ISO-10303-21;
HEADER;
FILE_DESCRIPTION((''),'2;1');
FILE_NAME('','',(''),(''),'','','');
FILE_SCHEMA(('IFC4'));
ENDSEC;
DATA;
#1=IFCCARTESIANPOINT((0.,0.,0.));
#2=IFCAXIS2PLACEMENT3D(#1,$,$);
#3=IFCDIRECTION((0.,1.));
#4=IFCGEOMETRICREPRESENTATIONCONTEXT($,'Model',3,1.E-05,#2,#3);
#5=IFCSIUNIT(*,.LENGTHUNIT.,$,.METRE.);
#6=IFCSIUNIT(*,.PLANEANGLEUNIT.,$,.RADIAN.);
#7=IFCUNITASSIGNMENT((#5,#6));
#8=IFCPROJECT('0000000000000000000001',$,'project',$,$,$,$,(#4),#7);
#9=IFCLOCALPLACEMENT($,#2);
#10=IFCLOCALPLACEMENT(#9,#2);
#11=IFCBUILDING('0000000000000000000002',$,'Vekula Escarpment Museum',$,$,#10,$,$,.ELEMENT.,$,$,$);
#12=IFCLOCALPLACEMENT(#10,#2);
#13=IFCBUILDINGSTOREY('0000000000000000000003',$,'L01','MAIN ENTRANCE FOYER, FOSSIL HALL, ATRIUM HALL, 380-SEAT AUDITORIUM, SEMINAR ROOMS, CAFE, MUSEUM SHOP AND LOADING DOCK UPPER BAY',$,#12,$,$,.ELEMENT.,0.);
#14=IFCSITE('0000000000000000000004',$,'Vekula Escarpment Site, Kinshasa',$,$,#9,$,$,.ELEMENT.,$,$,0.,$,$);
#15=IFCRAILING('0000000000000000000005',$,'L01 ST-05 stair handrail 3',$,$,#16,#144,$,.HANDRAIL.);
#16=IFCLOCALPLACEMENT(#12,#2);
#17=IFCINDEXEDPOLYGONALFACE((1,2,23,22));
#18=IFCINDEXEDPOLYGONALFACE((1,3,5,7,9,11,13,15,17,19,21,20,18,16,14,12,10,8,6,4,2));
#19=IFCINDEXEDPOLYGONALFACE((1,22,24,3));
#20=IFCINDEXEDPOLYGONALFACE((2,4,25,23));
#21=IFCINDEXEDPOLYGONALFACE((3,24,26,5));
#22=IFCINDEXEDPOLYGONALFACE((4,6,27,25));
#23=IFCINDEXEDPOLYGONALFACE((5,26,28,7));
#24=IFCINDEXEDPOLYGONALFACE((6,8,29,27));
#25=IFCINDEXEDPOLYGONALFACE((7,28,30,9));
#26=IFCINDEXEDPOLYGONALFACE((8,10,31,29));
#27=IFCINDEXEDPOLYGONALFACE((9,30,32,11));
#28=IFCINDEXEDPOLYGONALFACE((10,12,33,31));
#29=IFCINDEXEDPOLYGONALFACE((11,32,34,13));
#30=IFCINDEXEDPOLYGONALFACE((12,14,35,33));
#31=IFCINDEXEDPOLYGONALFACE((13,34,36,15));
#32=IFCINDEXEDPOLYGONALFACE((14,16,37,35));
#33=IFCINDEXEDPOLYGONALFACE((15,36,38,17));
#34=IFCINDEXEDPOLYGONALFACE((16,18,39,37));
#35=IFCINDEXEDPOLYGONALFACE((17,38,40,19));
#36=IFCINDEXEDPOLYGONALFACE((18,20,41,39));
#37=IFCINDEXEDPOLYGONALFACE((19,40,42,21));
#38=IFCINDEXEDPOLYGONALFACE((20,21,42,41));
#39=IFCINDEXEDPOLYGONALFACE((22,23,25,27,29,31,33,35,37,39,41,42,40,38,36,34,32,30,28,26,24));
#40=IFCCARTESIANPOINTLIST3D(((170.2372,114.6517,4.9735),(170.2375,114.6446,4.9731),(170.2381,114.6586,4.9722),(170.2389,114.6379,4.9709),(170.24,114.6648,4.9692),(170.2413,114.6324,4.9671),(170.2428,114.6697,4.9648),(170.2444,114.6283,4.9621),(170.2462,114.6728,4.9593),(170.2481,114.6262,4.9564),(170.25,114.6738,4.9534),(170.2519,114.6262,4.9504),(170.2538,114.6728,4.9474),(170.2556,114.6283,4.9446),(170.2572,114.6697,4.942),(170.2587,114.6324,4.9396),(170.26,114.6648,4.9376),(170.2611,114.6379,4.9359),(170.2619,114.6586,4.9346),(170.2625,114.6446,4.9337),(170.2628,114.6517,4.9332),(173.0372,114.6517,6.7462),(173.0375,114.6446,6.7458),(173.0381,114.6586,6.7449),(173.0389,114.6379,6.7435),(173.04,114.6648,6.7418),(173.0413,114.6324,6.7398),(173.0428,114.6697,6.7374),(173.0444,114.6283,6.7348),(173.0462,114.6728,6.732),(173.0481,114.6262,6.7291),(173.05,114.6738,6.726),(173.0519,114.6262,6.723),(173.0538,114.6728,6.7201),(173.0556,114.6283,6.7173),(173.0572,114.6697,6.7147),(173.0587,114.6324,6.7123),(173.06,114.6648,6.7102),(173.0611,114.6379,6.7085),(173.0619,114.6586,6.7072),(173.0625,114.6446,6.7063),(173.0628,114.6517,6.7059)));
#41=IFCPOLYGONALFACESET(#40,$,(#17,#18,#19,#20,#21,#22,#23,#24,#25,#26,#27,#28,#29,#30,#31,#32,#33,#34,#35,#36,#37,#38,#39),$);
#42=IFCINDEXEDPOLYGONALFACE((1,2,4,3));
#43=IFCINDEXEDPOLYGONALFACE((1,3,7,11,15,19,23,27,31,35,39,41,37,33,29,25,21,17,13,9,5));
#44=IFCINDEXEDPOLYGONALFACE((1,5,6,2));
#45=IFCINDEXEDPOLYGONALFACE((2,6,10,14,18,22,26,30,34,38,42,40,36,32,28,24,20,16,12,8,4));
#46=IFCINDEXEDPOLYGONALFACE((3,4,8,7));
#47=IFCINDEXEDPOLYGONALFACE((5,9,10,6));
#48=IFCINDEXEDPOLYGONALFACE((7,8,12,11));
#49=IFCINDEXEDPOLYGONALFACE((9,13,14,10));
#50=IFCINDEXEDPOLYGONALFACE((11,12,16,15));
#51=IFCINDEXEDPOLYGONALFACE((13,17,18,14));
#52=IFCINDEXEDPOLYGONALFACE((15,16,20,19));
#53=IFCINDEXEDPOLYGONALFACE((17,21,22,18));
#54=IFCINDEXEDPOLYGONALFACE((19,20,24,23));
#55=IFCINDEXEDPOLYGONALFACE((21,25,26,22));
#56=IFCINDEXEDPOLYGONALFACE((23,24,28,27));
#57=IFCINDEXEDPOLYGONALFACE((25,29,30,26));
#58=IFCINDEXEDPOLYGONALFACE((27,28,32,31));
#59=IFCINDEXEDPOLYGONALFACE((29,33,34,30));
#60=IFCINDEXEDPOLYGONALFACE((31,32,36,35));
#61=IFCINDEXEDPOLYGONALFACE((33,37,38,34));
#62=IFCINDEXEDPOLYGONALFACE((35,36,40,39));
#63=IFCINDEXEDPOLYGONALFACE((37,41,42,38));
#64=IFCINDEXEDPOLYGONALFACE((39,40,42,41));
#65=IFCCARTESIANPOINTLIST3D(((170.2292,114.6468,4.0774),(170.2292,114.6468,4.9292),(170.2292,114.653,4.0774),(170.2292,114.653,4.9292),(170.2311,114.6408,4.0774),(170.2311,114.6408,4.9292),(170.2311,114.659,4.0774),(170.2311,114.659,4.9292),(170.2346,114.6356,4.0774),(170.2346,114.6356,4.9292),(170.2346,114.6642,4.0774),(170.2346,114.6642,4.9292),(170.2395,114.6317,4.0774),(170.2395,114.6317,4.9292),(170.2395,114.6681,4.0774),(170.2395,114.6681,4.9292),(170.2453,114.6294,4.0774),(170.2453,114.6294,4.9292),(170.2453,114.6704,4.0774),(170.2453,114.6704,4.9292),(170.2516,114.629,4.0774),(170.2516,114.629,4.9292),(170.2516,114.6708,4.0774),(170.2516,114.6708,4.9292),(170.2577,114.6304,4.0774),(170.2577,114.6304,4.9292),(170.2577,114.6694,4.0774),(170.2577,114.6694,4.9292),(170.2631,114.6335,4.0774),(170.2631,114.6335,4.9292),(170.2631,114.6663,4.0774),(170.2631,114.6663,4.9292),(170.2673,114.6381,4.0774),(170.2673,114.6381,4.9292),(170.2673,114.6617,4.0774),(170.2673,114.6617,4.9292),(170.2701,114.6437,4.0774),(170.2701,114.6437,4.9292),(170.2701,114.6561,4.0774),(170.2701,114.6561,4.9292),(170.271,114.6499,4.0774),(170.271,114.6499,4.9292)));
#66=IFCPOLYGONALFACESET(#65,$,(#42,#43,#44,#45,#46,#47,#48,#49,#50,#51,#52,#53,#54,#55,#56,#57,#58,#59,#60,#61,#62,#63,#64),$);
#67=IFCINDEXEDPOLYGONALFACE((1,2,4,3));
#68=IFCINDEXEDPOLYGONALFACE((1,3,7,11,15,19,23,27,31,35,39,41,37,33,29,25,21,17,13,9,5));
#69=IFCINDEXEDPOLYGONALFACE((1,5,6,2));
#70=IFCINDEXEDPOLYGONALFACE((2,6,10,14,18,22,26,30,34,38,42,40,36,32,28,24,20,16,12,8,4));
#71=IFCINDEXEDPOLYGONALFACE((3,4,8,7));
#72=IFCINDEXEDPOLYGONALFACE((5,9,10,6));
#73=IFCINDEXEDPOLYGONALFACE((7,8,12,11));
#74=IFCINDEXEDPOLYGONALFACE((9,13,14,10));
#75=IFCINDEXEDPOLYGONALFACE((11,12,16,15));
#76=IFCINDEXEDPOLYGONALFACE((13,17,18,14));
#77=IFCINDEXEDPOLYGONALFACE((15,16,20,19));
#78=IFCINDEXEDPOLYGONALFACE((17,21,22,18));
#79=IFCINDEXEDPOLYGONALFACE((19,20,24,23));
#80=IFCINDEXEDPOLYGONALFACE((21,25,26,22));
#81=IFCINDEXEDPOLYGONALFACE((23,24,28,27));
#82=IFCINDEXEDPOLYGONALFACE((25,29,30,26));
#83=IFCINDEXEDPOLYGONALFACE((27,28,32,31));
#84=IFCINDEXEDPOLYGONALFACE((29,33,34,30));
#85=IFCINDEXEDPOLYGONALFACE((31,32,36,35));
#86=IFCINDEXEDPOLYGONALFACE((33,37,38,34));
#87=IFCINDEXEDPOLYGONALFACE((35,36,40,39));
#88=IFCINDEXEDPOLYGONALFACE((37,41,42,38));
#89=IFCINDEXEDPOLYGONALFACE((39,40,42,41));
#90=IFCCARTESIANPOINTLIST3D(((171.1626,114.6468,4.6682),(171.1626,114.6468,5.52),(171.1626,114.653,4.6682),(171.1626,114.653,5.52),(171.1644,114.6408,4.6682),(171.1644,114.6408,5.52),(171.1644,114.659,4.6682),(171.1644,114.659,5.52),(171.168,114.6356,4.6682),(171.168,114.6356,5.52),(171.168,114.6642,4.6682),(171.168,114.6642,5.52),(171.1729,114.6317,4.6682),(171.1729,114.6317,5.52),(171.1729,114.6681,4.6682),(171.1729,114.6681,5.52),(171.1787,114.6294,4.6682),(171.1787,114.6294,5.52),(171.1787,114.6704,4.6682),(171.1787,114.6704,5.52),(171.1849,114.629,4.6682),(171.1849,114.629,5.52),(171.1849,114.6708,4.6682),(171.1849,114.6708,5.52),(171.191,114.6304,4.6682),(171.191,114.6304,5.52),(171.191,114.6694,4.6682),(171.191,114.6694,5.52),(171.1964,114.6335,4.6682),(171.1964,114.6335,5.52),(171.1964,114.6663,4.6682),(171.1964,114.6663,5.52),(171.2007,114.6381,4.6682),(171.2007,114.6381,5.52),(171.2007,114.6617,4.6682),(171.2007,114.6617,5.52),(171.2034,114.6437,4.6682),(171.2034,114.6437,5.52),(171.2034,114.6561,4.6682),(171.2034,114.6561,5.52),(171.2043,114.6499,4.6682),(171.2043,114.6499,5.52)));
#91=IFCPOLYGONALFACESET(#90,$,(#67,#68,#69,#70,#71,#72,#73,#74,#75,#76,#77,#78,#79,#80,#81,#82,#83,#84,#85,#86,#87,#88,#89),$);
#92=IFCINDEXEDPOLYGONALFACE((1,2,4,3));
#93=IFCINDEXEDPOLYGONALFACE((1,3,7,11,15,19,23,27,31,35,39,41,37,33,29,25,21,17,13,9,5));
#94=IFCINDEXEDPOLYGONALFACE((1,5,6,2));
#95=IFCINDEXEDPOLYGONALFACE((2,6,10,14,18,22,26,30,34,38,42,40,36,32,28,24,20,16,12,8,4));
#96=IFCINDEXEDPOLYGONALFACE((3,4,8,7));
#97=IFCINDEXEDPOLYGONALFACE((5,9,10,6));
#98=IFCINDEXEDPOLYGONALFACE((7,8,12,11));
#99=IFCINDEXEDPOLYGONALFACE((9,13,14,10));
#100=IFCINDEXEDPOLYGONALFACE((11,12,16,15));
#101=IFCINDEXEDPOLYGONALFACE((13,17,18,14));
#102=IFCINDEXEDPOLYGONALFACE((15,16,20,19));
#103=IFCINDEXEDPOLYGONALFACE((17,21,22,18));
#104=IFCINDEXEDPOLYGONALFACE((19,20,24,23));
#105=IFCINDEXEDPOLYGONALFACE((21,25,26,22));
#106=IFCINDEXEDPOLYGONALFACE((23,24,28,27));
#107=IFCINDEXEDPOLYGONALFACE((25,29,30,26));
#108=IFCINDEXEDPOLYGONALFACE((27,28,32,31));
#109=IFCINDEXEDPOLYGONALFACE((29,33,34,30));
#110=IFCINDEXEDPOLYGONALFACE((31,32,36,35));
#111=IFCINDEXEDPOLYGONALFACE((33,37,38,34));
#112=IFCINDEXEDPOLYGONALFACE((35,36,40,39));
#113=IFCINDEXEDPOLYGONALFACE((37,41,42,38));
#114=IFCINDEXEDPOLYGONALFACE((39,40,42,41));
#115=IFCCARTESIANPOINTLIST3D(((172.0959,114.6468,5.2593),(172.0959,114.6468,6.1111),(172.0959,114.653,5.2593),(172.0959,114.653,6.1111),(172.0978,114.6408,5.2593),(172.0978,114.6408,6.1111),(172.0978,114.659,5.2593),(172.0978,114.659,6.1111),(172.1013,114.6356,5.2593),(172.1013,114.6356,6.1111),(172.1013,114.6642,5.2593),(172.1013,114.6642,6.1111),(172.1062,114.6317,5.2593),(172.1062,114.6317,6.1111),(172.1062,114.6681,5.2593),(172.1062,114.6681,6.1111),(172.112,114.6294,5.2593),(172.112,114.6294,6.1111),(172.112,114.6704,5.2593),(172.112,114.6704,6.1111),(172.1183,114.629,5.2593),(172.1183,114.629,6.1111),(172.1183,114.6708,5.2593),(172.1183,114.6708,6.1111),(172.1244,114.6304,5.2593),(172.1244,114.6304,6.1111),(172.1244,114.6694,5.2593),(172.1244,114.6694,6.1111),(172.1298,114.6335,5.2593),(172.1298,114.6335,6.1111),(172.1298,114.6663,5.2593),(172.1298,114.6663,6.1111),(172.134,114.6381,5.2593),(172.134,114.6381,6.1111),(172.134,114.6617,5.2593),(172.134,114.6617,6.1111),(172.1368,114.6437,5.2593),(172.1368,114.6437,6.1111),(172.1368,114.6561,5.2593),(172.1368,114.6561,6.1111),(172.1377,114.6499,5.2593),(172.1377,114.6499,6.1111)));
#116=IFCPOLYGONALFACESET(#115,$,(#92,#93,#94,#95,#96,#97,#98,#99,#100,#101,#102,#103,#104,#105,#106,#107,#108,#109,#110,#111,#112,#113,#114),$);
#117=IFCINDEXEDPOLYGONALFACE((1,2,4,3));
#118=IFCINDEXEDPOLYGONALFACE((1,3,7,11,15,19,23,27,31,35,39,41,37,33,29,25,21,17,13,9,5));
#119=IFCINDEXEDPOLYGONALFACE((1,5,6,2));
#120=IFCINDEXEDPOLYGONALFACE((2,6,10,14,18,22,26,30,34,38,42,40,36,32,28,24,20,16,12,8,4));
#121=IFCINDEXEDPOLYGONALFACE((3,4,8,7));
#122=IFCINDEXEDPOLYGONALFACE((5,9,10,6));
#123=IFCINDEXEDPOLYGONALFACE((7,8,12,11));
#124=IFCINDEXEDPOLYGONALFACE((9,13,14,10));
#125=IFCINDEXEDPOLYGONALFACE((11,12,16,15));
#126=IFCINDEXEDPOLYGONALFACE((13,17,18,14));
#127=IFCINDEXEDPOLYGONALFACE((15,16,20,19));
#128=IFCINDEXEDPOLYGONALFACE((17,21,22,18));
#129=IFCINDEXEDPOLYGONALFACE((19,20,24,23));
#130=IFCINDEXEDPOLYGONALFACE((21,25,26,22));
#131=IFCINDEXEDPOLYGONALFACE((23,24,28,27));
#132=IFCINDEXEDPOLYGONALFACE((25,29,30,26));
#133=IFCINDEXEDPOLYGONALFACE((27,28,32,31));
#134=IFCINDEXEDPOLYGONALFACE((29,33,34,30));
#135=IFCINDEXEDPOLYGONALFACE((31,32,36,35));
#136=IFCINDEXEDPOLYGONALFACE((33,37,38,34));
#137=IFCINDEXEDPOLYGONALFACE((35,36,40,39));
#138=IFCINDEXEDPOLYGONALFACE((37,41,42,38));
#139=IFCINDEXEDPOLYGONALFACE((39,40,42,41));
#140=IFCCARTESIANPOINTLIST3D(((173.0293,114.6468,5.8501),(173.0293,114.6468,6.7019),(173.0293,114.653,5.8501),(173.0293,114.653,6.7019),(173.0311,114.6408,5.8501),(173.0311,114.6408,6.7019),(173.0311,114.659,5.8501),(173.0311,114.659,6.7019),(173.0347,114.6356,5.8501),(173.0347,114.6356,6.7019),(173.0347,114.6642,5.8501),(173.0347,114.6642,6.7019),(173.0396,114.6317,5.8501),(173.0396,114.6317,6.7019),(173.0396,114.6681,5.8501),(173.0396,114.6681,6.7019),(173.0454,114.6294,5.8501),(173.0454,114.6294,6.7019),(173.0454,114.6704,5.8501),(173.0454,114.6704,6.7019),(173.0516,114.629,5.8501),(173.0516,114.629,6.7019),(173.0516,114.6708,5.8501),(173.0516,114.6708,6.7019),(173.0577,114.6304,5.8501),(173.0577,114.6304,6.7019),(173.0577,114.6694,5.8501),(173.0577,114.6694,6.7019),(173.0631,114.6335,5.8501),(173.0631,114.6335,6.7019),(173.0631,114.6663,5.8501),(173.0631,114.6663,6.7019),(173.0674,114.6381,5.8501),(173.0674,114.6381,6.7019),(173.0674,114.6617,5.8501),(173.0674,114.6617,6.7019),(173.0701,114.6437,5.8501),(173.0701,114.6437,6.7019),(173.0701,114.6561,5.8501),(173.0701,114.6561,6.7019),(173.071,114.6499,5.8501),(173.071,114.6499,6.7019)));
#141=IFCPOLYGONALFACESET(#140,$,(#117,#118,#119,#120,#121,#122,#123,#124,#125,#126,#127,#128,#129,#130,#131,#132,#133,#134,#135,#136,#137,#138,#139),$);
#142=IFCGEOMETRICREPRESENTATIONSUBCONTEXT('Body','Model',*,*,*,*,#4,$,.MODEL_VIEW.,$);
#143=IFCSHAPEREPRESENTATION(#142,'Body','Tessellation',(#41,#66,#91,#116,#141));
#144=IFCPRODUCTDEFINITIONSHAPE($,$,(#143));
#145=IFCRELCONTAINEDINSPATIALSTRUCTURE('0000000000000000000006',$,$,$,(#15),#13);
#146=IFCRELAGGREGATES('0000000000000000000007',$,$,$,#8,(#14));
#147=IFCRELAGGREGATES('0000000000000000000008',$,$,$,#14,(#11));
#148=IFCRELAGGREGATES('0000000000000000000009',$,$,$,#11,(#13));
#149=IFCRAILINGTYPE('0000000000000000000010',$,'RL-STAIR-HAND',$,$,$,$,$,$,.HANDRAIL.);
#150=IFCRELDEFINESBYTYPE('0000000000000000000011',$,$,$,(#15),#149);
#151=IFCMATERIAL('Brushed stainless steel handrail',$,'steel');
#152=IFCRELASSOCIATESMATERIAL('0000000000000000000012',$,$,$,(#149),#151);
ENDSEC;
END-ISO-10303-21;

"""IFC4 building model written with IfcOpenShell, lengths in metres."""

from ifc_helpers import new_model, si_unit, direction, frame, origin, origin_2d, place, context, subcontext, project, spatial, circle, extrude, material, type_object, element, save


model = new_model("IFC4")

# Units and contexts
model_context = context("Model", 3, precision=1e-05, world=origin(), true_north=direction((0.0, 1.0)))
body_context = subcontext(model_context, "Body", "Model", "MODEL_VIEW")
ifc_project = project(units=[si_unit("LENGTHUNIT", "METRE"), si_unit("PLANEANGLEUNIT", "RADIAN")], contexts=[model_context])

# Site, building, storey
site_placement = place(None, origin())
site = spatial("IfcSite", under=ifc_project, at=site_placement, Name="Vekula Escarpment Site, Kinshasa", CompositionType="ELEMENT", RefElevation=0.0)
building_placement = place(site_placement, origin())
building = spatial("IfcBuilding", under=site, at=building_placement, Name="Vekula Escarpment Museum", CompositionType="ELEMENT")
storey_placement = place(building_placement, origin())
storey = spatial("IfcBuildingStorey", under=building, at=storey_placement, Name="L01", Description="MAIN ENTRANCE FOYER, FOSSIL HALL, ATRIUM HALL, 380-SEAT AUDITORIUM, SEMINAR ROOMS, CAFE, MUSEUM SHOP AND LOADING DOCK UPPER BAY", CompositionType="ELEMENT", Elevation=0.0)

# Railing
ifc_material_1 = material(Name="Brushed stainless steel handrail", Category="steel")
railing_type_1 = type_object("IfcRailingType", Name="RL-STAIR-HAND", PredefinedType="HANDRAIL", material=ifc_material_1)
railing_1_placement = place(storey_placement, frame((170.25, 114.6499, 4.0774)))
element("IfcRailing", 1, at=railing_1_placement, inside=storey, type_object=railing_type_1, Name="L01 ST-05 stair handrail 3", PredefinedType="HANDRAIL", context=body_context, shape_type="SweptSolid", body=[
    extrude(circle(Radius=0.0239, at=origin_2d()), frame((0.0, 0.0, 0.876), z_axis=(0.844909, 0.0, 0.53491), x_axis=(0.0, 1.0, 0.0)), (0.0, 0.0, 1.0), 3.314),
    extrude(circle(Radius=0.021, at=origin_2d()), origin(), (0.0, 0.0, 1.0), 0.8518),
    extrude(circle(Radius=0.021, at=origin_2d()), frame((0.9333, 0.0, 0.5908)), (0.0, 0.0, 1.0), 0.8518),
    extrude(circle(Radius=0.021, at=origin_2d()), frame((1.8667, 0.0, 1.1819)), (0.0, 0.0, 1.0), 0.8518),
    extrude(circle(Radius=0.021, at=origin_2d()), frame((2.8, 0.0, 1.7727)), (0.0, 0.0, 1.0), 0.8518),
])

save(model, "model.ifc")
